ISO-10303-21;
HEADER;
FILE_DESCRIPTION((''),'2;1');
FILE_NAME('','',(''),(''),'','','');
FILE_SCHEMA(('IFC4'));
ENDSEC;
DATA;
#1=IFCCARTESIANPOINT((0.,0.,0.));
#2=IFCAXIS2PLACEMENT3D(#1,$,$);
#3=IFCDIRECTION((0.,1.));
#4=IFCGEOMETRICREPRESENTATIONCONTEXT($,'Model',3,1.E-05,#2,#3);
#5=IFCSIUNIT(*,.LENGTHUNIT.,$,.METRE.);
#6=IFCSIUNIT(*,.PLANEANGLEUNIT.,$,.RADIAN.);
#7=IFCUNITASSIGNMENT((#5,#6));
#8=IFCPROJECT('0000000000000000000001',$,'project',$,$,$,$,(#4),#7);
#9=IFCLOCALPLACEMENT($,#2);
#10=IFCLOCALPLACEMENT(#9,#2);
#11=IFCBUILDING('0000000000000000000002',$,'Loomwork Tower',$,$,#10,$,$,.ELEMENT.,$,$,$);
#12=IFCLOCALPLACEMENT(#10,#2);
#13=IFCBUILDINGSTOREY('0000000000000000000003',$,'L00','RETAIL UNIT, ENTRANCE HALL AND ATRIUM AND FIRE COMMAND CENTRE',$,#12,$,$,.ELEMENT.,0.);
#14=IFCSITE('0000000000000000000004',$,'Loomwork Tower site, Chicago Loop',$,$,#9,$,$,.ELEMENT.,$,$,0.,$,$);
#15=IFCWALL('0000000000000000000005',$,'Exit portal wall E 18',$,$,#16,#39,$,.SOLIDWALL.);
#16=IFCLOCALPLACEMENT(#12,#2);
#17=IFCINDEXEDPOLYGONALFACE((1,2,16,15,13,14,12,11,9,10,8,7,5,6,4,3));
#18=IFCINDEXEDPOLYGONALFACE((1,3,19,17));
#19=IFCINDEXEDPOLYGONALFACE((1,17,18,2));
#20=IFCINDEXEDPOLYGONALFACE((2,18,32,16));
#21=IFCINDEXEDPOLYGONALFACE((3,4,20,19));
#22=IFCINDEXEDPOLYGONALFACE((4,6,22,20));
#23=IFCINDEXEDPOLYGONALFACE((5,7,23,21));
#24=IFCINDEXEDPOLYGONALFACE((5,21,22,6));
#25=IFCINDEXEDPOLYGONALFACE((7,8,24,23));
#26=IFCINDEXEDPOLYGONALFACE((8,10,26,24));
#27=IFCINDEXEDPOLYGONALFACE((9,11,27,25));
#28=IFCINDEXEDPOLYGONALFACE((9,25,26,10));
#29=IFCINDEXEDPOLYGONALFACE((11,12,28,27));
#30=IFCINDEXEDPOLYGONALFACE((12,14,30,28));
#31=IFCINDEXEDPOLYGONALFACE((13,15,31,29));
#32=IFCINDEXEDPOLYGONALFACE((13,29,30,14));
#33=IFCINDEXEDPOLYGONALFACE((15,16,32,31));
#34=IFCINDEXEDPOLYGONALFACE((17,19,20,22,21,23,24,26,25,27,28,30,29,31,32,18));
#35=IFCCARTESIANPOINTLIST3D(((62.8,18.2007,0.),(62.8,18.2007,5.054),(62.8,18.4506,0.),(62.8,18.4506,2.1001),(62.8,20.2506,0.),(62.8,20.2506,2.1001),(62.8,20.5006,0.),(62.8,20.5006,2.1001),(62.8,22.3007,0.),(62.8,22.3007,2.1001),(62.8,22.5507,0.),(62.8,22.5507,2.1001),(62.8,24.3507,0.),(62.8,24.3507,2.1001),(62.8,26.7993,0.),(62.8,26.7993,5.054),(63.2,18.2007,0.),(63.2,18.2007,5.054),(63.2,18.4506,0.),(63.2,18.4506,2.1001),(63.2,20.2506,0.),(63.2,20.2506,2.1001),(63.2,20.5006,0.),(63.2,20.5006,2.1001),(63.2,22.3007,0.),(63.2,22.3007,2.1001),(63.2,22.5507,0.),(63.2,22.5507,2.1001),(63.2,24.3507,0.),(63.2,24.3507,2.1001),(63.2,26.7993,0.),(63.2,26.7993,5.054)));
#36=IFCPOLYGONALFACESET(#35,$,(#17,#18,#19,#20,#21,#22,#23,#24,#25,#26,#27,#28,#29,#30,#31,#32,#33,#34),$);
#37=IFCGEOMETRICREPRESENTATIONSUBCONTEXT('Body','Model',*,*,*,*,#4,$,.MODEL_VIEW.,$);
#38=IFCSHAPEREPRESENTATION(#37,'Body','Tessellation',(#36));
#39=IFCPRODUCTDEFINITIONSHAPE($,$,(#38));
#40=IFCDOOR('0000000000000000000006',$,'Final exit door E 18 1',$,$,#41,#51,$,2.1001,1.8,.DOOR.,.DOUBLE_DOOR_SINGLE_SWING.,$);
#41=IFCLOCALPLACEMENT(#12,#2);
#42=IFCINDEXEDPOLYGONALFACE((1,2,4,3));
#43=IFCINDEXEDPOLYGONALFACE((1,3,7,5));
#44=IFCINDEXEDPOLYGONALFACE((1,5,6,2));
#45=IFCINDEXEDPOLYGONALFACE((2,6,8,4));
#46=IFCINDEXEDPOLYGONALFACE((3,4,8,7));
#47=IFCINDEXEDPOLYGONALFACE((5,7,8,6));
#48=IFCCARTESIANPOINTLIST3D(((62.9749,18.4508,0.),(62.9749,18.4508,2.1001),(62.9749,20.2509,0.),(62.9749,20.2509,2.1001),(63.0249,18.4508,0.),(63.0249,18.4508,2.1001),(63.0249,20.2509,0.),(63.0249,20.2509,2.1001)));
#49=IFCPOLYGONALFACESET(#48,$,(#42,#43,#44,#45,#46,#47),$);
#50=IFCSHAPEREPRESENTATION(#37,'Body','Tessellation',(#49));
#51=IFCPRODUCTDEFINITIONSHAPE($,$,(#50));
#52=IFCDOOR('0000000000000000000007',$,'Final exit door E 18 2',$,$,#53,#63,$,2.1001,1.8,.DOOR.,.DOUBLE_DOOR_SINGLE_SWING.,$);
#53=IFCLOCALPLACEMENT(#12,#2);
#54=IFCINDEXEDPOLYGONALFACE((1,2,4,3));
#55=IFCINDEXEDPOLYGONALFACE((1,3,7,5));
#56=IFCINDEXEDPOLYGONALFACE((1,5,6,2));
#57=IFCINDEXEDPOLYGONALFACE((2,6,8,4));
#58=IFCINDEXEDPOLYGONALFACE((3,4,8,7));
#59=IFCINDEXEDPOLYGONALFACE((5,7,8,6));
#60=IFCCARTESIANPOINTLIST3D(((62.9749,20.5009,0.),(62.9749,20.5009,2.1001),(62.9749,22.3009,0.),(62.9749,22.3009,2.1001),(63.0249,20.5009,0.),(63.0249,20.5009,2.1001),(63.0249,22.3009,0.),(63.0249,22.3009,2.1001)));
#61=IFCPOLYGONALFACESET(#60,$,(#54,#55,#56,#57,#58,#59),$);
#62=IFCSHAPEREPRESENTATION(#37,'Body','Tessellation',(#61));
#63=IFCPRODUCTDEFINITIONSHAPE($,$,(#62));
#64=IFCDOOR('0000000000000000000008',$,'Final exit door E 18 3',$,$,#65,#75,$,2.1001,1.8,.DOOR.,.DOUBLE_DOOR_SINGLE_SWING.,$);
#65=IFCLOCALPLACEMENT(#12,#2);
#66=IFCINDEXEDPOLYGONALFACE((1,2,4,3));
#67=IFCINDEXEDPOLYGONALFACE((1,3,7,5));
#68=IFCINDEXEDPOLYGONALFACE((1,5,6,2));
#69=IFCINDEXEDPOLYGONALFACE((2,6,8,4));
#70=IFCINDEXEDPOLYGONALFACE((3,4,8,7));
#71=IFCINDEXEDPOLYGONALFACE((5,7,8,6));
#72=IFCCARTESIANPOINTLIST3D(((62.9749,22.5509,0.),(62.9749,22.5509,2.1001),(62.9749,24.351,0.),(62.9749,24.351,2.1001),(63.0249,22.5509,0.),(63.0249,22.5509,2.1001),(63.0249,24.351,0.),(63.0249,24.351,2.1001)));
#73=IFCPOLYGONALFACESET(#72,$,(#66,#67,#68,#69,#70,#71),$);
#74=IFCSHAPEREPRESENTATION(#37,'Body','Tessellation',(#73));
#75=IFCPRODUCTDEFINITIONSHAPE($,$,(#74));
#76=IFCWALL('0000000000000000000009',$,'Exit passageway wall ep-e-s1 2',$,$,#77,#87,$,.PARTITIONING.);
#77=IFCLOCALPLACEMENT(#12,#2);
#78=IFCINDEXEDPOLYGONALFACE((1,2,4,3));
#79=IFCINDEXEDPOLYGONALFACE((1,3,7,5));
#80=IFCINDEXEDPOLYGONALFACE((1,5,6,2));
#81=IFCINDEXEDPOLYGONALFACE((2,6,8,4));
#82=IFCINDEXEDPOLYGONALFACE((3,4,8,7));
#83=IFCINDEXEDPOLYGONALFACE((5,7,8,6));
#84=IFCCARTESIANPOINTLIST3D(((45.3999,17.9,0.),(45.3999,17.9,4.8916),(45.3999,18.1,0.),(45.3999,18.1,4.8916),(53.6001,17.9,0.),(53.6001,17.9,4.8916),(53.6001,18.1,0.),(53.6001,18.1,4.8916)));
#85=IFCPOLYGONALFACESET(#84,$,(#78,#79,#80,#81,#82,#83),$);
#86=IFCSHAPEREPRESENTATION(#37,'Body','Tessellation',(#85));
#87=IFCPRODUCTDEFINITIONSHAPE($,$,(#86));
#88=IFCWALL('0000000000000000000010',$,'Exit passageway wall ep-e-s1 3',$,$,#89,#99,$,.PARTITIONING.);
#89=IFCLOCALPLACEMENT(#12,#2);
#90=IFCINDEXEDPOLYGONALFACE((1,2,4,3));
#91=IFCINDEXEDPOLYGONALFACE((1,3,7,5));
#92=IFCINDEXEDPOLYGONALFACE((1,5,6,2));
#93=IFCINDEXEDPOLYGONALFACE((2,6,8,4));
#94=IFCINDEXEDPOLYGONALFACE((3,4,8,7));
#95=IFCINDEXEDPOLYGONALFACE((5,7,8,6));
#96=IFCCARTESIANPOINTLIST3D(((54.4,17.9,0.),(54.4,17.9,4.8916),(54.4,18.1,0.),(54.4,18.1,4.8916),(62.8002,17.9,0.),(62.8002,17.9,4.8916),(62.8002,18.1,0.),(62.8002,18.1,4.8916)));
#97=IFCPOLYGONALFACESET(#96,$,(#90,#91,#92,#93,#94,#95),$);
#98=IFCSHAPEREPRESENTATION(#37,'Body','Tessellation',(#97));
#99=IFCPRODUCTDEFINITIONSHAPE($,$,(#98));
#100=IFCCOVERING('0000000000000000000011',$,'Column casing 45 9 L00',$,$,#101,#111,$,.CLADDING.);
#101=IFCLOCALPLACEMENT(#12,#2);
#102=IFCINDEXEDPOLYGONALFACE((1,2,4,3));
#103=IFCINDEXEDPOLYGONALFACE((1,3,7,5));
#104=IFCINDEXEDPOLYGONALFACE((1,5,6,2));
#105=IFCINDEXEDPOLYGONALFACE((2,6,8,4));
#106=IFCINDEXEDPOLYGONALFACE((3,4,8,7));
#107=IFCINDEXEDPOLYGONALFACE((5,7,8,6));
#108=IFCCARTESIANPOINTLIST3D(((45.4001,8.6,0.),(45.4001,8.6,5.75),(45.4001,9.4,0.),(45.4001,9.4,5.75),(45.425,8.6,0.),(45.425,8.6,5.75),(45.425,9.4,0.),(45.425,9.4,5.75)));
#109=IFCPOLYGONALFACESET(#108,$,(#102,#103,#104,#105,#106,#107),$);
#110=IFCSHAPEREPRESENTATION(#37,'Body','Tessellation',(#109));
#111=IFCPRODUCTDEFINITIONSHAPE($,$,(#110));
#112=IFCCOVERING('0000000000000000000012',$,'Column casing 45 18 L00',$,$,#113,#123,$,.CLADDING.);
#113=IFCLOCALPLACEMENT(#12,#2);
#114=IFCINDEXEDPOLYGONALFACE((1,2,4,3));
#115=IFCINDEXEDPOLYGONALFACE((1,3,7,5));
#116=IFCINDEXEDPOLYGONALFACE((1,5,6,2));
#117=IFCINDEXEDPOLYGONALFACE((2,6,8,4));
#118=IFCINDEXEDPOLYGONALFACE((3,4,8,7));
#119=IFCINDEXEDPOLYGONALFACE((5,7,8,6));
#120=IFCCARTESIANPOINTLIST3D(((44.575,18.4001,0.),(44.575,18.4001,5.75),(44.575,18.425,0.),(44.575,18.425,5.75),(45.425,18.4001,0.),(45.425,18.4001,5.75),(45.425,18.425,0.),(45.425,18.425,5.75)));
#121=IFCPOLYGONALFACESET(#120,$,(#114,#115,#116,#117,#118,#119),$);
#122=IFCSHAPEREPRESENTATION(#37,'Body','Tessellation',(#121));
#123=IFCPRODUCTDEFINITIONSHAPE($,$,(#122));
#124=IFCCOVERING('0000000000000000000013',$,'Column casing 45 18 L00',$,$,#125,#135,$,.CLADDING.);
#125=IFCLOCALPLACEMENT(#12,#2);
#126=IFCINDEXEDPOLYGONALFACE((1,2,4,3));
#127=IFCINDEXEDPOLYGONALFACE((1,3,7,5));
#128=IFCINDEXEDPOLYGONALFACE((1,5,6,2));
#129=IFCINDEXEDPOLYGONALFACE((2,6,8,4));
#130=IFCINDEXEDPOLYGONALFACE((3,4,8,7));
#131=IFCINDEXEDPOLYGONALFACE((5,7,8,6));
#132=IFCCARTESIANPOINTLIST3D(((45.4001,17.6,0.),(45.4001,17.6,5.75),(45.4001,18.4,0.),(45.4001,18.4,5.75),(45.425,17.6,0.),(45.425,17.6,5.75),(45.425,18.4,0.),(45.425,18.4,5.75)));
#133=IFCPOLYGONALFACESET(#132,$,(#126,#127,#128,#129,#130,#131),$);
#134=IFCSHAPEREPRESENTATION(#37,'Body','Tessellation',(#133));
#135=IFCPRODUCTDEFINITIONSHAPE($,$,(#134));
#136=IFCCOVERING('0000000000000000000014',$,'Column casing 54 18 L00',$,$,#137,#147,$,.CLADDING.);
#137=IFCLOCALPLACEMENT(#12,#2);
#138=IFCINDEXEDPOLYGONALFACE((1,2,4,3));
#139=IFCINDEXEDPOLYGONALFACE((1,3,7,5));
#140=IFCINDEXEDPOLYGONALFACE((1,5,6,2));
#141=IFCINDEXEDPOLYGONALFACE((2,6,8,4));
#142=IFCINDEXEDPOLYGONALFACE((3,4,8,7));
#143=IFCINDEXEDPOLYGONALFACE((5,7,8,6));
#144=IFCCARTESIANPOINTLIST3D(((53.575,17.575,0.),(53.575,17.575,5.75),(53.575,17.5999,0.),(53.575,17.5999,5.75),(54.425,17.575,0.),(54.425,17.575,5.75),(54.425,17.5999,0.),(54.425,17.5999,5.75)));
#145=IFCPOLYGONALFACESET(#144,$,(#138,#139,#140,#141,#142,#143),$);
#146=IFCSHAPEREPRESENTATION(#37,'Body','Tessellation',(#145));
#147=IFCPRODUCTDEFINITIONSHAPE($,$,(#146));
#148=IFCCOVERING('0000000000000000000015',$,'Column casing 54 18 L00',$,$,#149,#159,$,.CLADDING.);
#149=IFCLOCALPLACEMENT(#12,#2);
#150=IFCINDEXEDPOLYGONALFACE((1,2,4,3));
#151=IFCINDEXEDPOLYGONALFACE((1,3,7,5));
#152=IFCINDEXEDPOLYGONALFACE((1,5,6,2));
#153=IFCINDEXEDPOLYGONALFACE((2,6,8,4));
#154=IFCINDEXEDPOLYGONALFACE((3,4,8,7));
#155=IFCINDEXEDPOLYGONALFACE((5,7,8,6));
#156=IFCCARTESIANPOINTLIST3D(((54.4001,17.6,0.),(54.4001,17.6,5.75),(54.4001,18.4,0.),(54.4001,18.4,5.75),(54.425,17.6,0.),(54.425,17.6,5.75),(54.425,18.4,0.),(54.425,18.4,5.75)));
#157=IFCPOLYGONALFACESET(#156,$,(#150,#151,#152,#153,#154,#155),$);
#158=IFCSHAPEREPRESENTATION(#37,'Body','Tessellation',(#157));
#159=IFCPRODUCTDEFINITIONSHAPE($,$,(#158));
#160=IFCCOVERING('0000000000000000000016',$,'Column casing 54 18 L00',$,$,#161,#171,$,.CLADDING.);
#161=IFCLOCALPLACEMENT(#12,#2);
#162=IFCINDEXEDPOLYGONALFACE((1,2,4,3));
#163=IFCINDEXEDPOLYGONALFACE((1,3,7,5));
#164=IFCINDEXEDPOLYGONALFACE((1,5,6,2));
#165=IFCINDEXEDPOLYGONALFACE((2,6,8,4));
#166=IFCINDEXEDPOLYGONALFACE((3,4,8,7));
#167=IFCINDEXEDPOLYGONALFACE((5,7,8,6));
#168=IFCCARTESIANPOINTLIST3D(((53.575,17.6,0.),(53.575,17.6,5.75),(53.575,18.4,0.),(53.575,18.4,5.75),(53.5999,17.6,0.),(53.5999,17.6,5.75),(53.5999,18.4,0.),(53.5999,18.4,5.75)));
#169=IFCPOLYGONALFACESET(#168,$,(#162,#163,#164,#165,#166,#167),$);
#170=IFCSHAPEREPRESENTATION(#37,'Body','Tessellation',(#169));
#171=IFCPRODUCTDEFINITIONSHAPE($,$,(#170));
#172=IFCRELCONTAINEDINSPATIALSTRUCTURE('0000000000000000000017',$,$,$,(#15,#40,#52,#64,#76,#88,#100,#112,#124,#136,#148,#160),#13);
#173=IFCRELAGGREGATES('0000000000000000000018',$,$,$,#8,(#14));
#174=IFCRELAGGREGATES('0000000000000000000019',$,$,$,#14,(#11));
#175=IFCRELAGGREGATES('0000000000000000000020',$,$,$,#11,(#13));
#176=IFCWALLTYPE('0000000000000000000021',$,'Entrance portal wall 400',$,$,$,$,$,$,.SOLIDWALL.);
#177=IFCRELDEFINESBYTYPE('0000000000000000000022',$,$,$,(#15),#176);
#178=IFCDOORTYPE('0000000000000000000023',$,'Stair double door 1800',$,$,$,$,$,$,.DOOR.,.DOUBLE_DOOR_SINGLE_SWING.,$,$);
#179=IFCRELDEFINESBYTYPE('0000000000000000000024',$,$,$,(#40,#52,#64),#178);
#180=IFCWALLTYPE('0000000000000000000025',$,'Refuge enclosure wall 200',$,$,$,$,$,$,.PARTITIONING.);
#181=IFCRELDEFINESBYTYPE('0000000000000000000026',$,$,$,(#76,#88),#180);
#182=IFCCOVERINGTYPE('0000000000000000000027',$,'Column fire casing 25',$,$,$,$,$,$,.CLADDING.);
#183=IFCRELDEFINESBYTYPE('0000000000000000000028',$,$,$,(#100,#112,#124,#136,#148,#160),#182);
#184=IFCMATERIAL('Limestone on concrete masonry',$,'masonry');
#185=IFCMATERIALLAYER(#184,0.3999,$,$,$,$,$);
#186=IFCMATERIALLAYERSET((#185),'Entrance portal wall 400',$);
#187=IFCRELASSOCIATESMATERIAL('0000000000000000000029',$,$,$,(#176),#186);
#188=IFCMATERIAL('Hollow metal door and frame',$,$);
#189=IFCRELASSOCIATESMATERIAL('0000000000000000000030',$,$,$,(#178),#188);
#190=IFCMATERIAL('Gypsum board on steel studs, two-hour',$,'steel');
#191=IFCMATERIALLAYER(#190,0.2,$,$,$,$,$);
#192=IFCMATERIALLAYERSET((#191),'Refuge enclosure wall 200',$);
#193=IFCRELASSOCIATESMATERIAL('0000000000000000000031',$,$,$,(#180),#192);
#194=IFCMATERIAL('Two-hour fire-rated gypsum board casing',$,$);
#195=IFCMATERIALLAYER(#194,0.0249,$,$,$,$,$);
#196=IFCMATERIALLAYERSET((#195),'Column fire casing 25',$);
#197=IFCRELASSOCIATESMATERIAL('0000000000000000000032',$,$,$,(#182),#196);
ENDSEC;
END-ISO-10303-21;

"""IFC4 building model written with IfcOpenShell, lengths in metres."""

from ifc_helpers import new_model, si_unit, direction, frame, frame_2d, origin, origin_2d, place, context, subcontext, project, spatial, rectangle, extrude, material, layer, layer_set, type_object, element, fill, save


model = new_model("IFC4")

# Units and contexts
model_context = context("Model", 3, precision=1e-05, world=origin(), true_north=direction((0.0, 1.0)))
body_context = subcontext(model_context, "Body", "Model", "MODEL_VIEW")
ifc_project = project(units=[si_unit("LENGTHUNIT", "METRE"), si_unit("PLANEANGLEUNIT", "RADIAN")], contexts=[model_context])

# Site, building, storey
site_placement = place(None, origin())
site = spatial("IfcSite", under=ifc_project, at=site_placement, Name="Loomwork Tower site, Chicago Loop", CompositionType="ELEMENT", RefElevation=0.0)
building_placement = place(site_placement, origin())
building = spatial("IfcBuilding", under=site, at=building_placement, Name="Loomwork Tower", CompositionType="ELEMENT")
storey_placement = place(building_placement, origin())
storey = spatial("IfcBuildingStorey", under=building, at=storey_placement, Name="L00", Description="RETAIL UNIT, ENTRANCE HALL AND ATRIUM AND FIRE COMMAND CENTRE", CompositionType="ELEMENT", Elevation=0.0)

# Wall, openings, doors
ifc_material_1 = material(Name="Limestone on concrete masonry", Category="masonry")
ifc_layer_1 = layer(ifc_material_1, 0.3999)
ifc_layer_set_1 = layer_set([ifc_layer_1], Name="Entrance portal wall 400")
wall_type_1 = type_object("IfcWallType", Name="Entrance portal wall 400", PredefinedType="SOLIDWALL", material=ifc_layer_set_1)
wall_1_placement = place(storey_placement, frame((63.0, 18.2007, 0.0), z_axis=(0.0, 0.0, 1.0), x_axis=(0.0, 1.0, 0.0)))
wall_1 = element("IfcWall", 1, at=wall_1_placement, inside=storey, type_object=wall_type_1, Name="Exit portal wall E 18", PredefinedType="SOLIDWALL", context=body_context, shape_type="SweptSolid", body=[
    extrude(rectangle(XDim=8.5986, YDim=0.3999, at=frame_2d((4.2993, 0.0))), origin(), (0.0, 0.0, 1.0), 5.054),
])
opening_1_placement = place(wall_1_placement, frame((0.25, 0.0, 0.0)))
opening_1 = element("IfcOpeningElement", 2, at=opening_1_placement, cuts=wall_1, PredefinedType="OPENING", context=body_context, shape_type="SweptSolid", body=[
    extrude(rectangle(XDim=1.8, YDim=2.1001, at=frame_2d((0.8999, 1.05))), frame((0.0, 0.21, 0.0), z_axis=(0.0, -1.0, 0.0), x_axis=(1.0, 0.0, 0.0)), (0.0, 0.0, 1.0), 0.4199),
])
opening_2_placement = place(wall_1_placement, frame((2.3, 0.0, 0.0)))
opening_2 = element("IfcOpeningElement", 3, at=opening_2_placement, cuts=wall_1, PredefinedType="OPENING", context=body_context, shape_type="SweptSolid", body=[
    extrude(rectangle(XDim=1.8, YDim=2.1001, at=frame_2d((0.8999, 1.05))), frame((0.0, 0.21, 0.0), z_axis=(0.0, -1.0, 0.0), x_axis=(1.0, 0.0, 0.0)), (0.0, 0.0, 1.0), 0.4199),
])
opening_3_placement = place(wall_1_placement, frame((4.3501, 0.0, 0.0)))
opening_3 = element("IfcOpeningElement", 4, at=opening_3_placement, cuts=wall_1, PredefinedType="OPENING", context=body_context, shape_type="SweptSolid", body=[
    extrude(rectangle(XDim=1.8, YDim=2.1001, at=frame_2d((0.8999, 1.05))), frame((0.0, 0.21, 0.0), z_axis=(0.0, -1.0, 0.0), x_axis=(1.0, 0.0, 0.0)), (0.0, 0.0, 1.0), 0.4199),
])
ifc_material_2 = material(Name="Hollow metal door and frame")
door_type_1 = type_object("IfcDoorType", Name="Stair double door 1800", OperationType="DOUBLE_DOOR_SINGLE_SWING", PredefinedType="DOOR", material=ifc_material_2)
door_1_placement = place(opening_1_placement, frame((1.8, 0.0, 0.0), z_axis=(0.0, 0.0, 1.0), x_axis=(-1.0, 0.0, 0.0)))
door_1 = element("IfcDoor", 5, at=door_1_placement, inside=storey, type_object=door_type_1, Name="Final exit door E 18 1", OperationType="DOUBLE_DOOR_SINGLE_SWING", OverallHeight=2.1001, OverallWidth=1.8, PredefinedType="DOOR", context=body_context, shape_type="SweptSolid", body=[
    extrude(rectangle(XDim=1.8, YDim=2.1001, at=frame_2d((0.8999, 1.05))), frame((0.0, 0.0249, 0.0), z_axis=(0.0, -1.0, 0.0), x_axis=(1.0, 0.0, 0.0)), (0.0, 0.0, 1.0), 0.05),
])
fill(opening_1, door_1)
door_2_placement = place(opening_2_placement, frame((1.8, 0.0, 0.0), z_axis=(0.0, 0.0, 1.0), x_axis=(-1.0, 0.0, 0.0)))
door_2 = element("IfcDoor", 6, at=door_2_placement, inside=storey, type_object=door_type_1, Name="Final exit door E 18 2", OperationType="DOUBLE_DOOR_SINGLE_SWING", OverallHeight=2.1001, OverallWidth=1.8, PredefinedType="DOOR", context=body_context, shape_type="SweptSolid", body=[
    extrude(rectangle(XDim=1.8, YDim=2.1001, at=frame_2d((0.8999, 1.05))), frame((0.0, 0.0249, 0.0), z_axis=(0.0, -1.0, 0.0), x_axis=(1.0, 0.0, 0.0)), (0.0, 0.0, 1.0), 0.05),
])
fill(opening_2, door_2)
door_3_placement = place(opening_3_placement, frame((1.8, 0.0, 0.0), z_axis=(0.0, 0.0, 1.0), x_axis=(-1.0, 0.0, 0.0)))
door_3 = element("IfcDoor", 7, at=door_3_placement, inside=storey, type_object=door_type_1, Name="Final exit door E 18 3", OperationType="DOUBLE_DOOR_SINGLE_SWING", OverallHeight=2.1001, OverallWidth=1.8, PredefinedType="DOOR", context=body_context, shape_type="SweptSolid", body=[
    extrude(rectangle(XDim=1.8, YDim=2.1001, at=frame_2d((0.8999, 1.05))), frame((0.0, 0.0249, 0.0), z_axis=(0.0, -1.0, 0.0), x_axis=(1.0, 0.0, 0.0)), (0.0, 0.0, 1.0), 0.05),
])
fill(opening_3, door_3)

# Walls
ifc_material_3 = material(Name="Gypsum board on steel studs, two-hour", Category="steel")
ifc_layer_2 = layer(ifc_material_3, 0.2)
ifc_layer_set_2 = layer_set([ifc_layer_2], Name="Refuge enclosure wall 200")
wall_type_2 = type_object("IfcWallType", Name="Refuge enclosure wall 200", PredefinedType="PARTITIONING", material=ifc_layer_set_2)
wall_2_placement = place(storey_placement, frame((45.3999, 18.0, 0.0), z_axis=(0.0, 0.0, 1.0), x_axis=(1.0, 0.0, 0.0)))
element("IfcWall", 8, at=wall_2_placement, inside=storey, type_object=wall_type_2, Name="Exit passageway wall ep-e-s1 2", PredefinedType="PARTITIONING", context=body_context, shape_type="SweptSolid", body=[
    extrude(rectangle(XDim=8.2002, YDim=0.2, at=frame_2d((4.1001, 0.0))), origin(), (0.0, 0.0, 1.0), 4.8916),
])
wall_3_placement = place(storey_placement, frame((54.3999, 18.0, 0.0), z_axis=(0.0, 0.0, 1.0), x_axis=(1.0, 0.0, 0.0)))
element("IfcWall", 9, at=wall_3_placement, inside=storey, type_object=wall_type_2, Name="Exit passageway wall ep-e-s1 3", PredefinedType="PARTITIONING", context=body_context, shape_type="SweptSolid", body=[
    extrude(rectangle(XDim=8.4001, YDim=0.2, at=frame_2d((4.2002, 0.0))), origin(), (0.0, 0.0, 1.0), 4.8916),
])

# Coverings
ifc_material_4 = material(Name="Two-hour fire-rated gypsum board casing")
ifc_layer_3 = layer(ifc_material_4, 0.0249)
ifc_layer_set_3 = layer_set([ifc_layer_3], Name="Column fire casing 25")
covering_type_1 = type_object("IfcCoveringType", Name="Column fire casing 25", PredefinedType="CLADDING", material=ifc_layer_set_3)
covering_1_placement = place(storey_placement, frame((45.4126, 9.0, 0.0), z_axis=(0.0, 0.0, 1.0), x_axis=(1.0, 0.0, 0.0)))
element("IfcCovering", 10, at=covering_1_placement, inside=storey, type_object=covering_type_1, Name="Column casing 45 9 L00", PredefinedType="CLADDING", context=body_context, shape_type="SweptSolid", body=[
    extrude(rectangle(XDim=0.0249, YDim=0.8, at=origin_2d()), origin(), (0.0, 0.0, 1.0), 5.75),
])
covering_2_placement = place(storey_placement, frame((45.0, 18.4126, 0.0), z_axis=(0.0, 0.0, 1.0), x_axis=(1.0, 0.0, 0.0)))
element("IfcCovering", 11, at=covering_2_placement, inside=storey, type_object=covering_type_1, Name="Column casing 45 18 L00", PredefinedType="CLADDING", context=body_context, shape_type="SweptSolid", body=[
    extrude(rectangle(XDim=0.8501, YDim=0.0249, at=origin_2d()), origin(), (0.0, 0.0, 1.0), 5.75),
])
covering_3_placement = place(storey_placement, frame((45.4126, 18.0, 0.0), z_axis=(0.0, 0.0, 1.0), x_axis=(1.0, 0.0, 0.0)))
element("IfcCovering", 12, at=covering_3_placement, inside=storey, type_object=covering_type_1, Name="Column casing 45 18 L00", PredefinedType="CLADDING", context=body_context, shape_type="SweptSolid", body=[
    extrude(rectangle(XDim=0.0249, YDim=0.8, at=origin_2d()), origin(), (0.0, 0.0, 1.0), 5.75),
])
covering_4_placement = place(storey_placement, frame((54.0, 17.5874, 0.0), z_axis=(0.0, 0.0, 1.0), x_axis=(1.0, 0.0, 0.0)))
element("IfcCovering", 13, at=covering_4_placement, inside=storey, type_object=covering_type_1, Name="Column casing 54 18 L00", PredefinedType="CLADDING", context=body_context, shape_type="SweptSolid", body=[
    extrude(rectangle(XDim=0.8501, YDim=0.0249, at=origin_2d()), origin(), (0.0, 0.0, 1.0), 5.75),
])
for number, where, z_axis, x_axis, name in (
    (14, (54.4126, 18.0, 0.0), (0.0, 0.0, 1.0), (1.0, 0.0, 0.0), "Column casing 54 18 L00"),
    (15, (53.5874, 18.0, 0.0), (0.0, 0.0, 1.0), (1.0, 0.0, 0.0), "Column casing 54 18 L00"),
):
    element("IfcCovering", number, at=place(storey_placement, frame(where, z_axis=z_axis, x_axis=x_axis)), inside=storey, type_object=covering_type_1, Name=name, PredefinedType="CLADDING", context=body_context, shape_type="SweptSolid", body=[
        extrude(rectangle(XDim=0.0249, YDim=0.8, at=origin_2d()), origin(), (0.0, 0.0, 1.0), 5.75),
    ])

save(model, "model.ifc")
